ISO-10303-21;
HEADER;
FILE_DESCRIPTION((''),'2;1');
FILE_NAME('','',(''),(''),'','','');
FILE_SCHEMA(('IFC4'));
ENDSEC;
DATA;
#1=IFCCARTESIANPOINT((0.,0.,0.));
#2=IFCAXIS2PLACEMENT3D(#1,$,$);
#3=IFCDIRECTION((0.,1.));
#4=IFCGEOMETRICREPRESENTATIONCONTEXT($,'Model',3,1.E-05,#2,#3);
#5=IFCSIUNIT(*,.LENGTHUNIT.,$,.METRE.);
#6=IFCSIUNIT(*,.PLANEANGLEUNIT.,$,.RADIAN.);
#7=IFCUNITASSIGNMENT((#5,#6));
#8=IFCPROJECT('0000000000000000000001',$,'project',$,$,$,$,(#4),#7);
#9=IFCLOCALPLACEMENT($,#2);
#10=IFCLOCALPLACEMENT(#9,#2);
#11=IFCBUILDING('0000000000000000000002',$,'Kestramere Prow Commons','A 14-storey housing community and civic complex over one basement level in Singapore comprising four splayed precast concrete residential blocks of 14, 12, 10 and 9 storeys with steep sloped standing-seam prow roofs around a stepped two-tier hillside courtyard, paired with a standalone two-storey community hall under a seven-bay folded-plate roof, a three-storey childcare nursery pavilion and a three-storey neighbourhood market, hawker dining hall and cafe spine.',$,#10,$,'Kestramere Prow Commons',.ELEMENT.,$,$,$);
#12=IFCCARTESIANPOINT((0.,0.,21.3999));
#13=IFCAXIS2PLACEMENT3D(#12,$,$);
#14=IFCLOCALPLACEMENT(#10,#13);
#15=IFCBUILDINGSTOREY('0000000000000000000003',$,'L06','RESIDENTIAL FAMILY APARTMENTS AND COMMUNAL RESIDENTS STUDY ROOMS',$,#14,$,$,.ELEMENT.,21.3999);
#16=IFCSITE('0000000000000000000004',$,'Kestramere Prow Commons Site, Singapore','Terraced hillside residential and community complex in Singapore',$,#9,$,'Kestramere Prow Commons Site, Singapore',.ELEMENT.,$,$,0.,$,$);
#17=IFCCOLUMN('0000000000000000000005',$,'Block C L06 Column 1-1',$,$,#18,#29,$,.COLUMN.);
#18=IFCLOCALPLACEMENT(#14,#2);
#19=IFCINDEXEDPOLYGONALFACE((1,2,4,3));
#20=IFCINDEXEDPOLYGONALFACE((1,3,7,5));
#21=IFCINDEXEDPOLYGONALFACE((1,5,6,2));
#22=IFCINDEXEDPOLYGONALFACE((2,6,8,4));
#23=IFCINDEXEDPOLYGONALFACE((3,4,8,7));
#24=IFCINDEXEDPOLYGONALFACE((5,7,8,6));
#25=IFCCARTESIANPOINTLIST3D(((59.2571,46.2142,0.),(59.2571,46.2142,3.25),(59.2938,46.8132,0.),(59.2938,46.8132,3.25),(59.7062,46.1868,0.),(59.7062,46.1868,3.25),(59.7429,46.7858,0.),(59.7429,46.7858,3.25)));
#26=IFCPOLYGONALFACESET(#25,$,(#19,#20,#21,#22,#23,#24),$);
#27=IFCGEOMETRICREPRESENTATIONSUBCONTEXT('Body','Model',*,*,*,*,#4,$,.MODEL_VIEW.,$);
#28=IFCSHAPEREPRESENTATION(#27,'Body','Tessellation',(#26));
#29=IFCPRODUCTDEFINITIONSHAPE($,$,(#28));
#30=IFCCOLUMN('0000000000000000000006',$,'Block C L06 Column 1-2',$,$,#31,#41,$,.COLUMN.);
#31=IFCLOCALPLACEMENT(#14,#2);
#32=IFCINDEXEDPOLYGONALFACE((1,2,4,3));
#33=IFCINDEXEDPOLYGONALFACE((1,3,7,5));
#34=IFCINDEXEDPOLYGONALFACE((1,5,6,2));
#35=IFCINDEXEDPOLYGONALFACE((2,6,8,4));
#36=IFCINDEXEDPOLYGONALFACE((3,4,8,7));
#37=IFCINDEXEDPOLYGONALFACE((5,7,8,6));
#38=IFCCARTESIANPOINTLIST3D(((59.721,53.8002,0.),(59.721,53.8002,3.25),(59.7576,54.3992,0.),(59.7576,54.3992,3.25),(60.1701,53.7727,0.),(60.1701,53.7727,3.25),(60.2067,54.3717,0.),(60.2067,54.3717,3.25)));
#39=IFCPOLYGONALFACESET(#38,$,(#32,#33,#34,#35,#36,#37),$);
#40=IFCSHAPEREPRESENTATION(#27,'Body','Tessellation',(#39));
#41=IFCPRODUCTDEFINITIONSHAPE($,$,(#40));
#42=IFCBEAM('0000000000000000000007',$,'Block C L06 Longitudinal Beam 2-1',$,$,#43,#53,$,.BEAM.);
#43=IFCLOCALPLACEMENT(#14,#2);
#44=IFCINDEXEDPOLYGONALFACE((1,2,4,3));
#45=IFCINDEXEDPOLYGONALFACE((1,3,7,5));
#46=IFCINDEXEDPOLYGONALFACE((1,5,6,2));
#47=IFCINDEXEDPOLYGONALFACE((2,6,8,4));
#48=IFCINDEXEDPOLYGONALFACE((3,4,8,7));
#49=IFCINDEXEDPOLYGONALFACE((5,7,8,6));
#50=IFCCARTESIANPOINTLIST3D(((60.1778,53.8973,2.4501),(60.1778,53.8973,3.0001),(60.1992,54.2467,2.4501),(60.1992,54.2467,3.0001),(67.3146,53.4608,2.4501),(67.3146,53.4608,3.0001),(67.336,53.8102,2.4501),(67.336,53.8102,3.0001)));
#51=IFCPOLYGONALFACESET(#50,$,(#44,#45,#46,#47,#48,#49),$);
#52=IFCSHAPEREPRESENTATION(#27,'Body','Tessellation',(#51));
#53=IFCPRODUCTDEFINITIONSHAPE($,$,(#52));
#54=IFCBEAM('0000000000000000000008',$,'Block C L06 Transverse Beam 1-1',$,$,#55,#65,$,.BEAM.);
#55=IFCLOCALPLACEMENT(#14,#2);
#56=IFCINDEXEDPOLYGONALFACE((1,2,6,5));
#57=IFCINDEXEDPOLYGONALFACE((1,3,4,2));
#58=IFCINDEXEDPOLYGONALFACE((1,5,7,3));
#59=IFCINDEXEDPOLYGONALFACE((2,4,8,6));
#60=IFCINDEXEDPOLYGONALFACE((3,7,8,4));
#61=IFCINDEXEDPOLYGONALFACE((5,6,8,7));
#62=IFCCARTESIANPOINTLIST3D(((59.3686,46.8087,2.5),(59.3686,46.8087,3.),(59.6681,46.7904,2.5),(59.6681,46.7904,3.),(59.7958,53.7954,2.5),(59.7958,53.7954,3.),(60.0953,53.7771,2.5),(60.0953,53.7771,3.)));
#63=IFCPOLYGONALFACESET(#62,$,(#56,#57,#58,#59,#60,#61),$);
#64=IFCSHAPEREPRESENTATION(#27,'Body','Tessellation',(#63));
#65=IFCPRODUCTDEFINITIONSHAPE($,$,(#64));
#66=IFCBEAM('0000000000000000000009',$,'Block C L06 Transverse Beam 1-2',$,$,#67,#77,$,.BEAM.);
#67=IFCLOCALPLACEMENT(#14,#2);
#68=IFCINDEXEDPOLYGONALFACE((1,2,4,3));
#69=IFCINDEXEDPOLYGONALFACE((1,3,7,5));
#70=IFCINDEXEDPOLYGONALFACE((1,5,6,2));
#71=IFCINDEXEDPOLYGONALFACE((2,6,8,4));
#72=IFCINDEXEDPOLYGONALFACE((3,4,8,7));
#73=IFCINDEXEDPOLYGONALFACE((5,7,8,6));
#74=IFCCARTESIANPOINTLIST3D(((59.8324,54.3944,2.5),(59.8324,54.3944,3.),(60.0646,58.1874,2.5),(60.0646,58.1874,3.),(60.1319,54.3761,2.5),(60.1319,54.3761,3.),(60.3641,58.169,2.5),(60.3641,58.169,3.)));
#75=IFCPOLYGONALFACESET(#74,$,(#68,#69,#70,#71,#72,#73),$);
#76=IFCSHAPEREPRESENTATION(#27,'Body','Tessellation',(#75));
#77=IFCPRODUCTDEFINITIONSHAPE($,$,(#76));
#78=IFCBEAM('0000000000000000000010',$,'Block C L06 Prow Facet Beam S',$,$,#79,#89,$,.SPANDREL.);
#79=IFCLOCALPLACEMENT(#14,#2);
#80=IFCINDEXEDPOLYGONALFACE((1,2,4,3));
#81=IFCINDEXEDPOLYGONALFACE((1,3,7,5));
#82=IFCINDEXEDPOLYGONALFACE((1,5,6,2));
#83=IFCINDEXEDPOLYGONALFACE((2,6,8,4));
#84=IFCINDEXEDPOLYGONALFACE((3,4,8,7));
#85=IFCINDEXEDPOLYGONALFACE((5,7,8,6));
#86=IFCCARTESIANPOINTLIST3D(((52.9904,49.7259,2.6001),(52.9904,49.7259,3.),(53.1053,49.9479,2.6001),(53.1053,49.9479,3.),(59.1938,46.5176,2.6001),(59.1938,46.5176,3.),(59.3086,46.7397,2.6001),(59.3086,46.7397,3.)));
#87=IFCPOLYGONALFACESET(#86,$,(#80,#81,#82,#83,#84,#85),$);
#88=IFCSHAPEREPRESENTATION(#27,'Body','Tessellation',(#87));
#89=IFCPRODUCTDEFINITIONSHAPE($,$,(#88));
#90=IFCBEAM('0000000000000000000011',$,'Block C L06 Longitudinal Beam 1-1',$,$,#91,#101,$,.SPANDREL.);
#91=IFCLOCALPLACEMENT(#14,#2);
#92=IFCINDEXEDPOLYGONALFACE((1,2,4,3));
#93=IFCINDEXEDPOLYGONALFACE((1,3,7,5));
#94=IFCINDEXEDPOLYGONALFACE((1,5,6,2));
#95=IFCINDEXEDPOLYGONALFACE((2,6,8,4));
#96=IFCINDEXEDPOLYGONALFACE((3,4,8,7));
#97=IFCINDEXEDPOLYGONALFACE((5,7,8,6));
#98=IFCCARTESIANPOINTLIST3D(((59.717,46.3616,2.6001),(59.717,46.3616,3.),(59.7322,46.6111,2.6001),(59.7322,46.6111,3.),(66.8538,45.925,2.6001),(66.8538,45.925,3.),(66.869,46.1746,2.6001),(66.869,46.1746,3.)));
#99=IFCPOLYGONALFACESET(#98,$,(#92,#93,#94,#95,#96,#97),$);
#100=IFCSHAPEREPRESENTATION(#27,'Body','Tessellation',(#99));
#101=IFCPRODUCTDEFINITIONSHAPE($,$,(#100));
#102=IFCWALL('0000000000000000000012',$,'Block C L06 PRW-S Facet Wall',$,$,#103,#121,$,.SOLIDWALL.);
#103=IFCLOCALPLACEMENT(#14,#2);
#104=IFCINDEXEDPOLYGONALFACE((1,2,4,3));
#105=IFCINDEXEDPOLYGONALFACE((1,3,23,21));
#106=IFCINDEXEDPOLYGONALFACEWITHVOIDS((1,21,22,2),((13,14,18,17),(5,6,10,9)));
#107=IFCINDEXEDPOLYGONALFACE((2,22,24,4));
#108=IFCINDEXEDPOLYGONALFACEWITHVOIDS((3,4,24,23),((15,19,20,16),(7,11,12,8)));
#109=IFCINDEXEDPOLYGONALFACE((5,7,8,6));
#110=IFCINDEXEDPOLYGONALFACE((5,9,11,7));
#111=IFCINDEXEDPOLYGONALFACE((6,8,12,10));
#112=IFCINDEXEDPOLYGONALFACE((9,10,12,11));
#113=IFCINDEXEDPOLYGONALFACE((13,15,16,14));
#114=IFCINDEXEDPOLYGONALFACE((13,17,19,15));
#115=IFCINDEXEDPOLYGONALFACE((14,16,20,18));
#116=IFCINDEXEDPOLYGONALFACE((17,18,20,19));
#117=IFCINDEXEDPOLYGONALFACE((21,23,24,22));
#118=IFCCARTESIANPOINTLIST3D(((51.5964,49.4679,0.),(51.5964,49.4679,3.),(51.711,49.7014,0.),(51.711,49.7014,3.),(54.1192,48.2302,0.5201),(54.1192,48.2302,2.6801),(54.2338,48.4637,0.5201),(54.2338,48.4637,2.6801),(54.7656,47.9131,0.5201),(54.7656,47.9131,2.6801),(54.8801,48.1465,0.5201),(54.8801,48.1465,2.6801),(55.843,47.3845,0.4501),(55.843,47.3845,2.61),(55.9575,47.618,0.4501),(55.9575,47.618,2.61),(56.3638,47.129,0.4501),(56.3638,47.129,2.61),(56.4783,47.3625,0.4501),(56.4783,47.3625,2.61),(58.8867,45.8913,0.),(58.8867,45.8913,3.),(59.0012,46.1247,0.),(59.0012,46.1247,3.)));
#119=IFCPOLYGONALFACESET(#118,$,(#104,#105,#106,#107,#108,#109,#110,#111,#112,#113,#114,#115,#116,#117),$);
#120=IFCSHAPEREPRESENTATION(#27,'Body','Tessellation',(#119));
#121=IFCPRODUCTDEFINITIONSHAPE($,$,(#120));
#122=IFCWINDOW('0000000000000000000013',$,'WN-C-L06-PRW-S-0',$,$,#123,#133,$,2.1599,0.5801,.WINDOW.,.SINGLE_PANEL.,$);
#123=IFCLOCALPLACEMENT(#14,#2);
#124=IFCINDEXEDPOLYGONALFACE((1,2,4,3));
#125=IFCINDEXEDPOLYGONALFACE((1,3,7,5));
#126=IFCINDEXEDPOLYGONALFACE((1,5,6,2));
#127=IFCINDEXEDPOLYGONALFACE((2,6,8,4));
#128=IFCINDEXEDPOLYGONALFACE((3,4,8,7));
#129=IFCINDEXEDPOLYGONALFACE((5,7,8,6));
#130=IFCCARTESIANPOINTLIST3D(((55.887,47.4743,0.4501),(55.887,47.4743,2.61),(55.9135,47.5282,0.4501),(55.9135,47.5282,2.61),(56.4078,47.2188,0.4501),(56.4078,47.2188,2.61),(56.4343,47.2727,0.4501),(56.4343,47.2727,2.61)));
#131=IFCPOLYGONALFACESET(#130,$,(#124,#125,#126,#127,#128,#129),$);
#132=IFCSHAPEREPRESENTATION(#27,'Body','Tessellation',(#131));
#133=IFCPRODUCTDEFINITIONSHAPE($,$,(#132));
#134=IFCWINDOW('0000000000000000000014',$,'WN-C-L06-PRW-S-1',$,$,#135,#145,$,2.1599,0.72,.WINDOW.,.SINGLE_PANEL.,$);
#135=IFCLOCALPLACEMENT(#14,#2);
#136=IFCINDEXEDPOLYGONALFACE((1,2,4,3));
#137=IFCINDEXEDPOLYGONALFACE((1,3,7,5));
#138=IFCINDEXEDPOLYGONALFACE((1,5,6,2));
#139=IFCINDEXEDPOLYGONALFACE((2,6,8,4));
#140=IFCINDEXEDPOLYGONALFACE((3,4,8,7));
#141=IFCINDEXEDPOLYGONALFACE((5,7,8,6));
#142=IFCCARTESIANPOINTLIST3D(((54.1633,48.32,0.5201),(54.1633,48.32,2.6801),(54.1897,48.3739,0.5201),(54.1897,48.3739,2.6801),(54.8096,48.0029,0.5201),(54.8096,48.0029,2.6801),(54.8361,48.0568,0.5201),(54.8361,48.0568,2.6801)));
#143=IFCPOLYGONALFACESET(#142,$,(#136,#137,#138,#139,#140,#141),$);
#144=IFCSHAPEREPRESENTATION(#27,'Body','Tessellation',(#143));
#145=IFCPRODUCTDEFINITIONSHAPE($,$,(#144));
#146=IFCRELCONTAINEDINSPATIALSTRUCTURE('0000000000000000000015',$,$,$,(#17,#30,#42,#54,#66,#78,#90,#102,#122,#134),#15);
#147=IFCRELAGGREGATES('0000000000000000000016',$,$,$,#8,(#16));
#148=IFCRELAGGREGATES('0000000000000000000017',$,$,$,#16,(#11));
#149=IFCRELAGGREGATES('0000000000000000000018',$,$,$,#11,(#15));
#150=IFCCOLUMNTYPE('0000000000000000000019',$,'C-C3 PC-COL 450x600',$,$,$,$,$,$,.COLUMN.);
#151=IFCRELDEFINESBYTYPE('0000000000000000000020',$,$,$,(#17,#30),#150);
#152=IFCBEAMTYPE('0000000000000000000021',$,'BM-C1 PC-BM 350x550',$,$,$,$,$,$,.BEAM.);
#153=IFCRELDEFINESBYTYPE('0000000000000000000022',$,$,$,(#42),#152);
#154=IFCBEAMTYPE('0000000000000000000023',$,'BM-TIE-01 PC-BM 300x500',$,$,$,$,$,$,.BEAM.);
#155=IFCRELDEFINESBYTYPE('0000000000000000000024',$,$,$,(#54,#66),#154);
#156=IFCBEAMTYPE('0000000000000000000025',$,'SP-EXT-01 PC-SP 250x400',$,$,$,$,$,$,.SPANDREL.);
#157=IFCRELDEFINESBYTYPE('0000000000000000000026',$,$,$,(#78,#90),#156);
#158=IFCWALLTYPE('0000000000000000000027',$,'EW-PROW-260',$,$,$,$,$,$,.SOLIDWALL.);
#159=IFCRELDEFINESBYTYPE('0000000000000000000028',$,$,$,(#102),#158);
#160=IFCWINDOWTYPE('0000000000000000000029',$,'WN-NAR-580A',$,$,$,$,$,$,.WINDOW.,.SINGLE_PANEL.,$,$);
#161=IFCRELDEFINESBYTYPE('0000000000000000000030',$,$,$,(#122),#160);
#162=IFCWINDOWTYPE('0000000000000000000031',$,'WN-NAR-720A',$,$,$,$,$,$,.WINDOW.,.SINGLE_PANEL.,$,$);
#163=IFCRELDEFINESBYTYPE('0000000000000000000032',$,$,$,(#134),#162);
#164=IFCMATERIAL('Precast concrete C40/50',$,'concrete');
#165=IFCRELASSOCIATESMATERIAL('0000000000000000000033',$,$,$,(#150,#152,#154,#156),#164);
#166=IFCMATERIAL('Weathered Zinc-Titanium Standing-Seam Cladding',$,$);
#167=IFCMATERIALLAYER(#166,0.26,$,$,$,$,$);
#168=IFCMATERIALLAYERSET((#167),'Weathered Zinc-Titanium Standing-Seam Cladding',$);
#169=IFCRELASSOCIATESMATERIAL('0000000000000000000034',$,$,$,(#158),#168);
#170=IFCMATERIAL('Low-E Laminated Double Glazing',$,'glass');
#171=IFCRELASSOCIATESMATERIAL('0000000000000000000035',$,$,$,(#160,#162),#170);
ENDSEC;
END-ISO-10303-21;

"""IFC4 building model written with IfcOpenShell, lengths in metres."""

from ifc_helpers import new_model, si_unit, direction, frame, frame_2d, origin, origin_2d, place, context, subcontext, project, spatial, rectangle, extrude, material, layer, layer_set, material_profile, profile_set, type_object, element, fill, save


model = new_model("IFC4")

# Units and contexts
model_context = context("Model", 3, precision=1e-05, world=origin(), true_north=direction((0.0, 1.0)))
body_context = subcontext(model_context, "Body", "Model", "MODEL_VIEW")
ifc_project = project(units=[si_unit("LENGTHUNIT", "METRE"), si_unit("PLANEANGLEUNIT", "RADIAN")], contexts=[model_context])

# Site, building, storey
site_placement = place(None, origin())
site = spatial("IfcSite", under=ifc_project, at=site_placement, Name="Kestramere Prow Commons Site, Singapore", Description="Terraced hillside residential and community complex in Singapore", LongName="Kestramere Prow Commons Site, Singapore", CompositionType="ELEMENT", RefElevation=0.0)
building_placement = place(site_placement, origin())
building = spatial("IfcBuilding", under=site, at=building_placement, Name="Kestramere Prow Commons", Description="A 14-storey housing community and civic complex over one basement level in Singapore comprising four splayed precast concrete residential blocks of 14, 12, 10 and 9 storeys with steep sloped standing-seam prow roofs around a stepped two-tier hillside courtyard, paired with a standalone two-storey community hall under a seven-bay folded-plate roof, a three-storey childcare nursery pavilion and a three-storey neighbourhood market, hawker dining hall and cafe spine.", LongName="Kestramere Prow Commons", CompositionType="ELEMENT")
storey_placement = place(building_placement, frame((0.0, 0.0, 21.3999)))
storey = spatial("IfcBuildingStorey", under=building, at=storey_placement, Name="L06", Description="RESIDENTIAL FAMILY APARTMENTS AND COMMUNAL RESIDENTS STUDY ROOMS", CompositionType="ELEMENT", Elevation=21.3999)

# Columns
ifc_material_1 = material(Name="Precast concrete C40/50", Category="concrete")
ifc_material_profile_1 = material_profile(ifc_material_1, rectangle(XDim=0.45, YDim=0.6001, at=origin_2d()), Name="PC-COL 450x600")
ifc_profile_set_1 = profile_set([ifc_material_profile_1], Name="Precast concrete C40/50")
column_type = type_object("IfcColumnType", Name="C-C3 PC-COL 450x600", PredefinedType="COLUMN", material=ifc_profile_set_1)
for number, where, z_axis, x_axis, name in (
    (1, (59.5, 46.5, 0.0), (0.0, 0.0, 1.0), (0.998135, -0.061049, 0.0), "Block C L06 Column 1-1"),
    (2, (59.9639, 54.0859, 0.0), (0.0, 0.0, 1.0), (0.998135, -0.061049, 0.0), "Block C L06 Column 1-2"),
):
    element("IfcColumn", number, at=place(storey_placement, frame(where, z_axis=z_axis, x_axis=x_axis)), inside=storey, type_object=column_type, Name=name, PredefinedType="COLUMN", context=body_context, shape_type="SweptSolid", body=[
        extrude(rectangle(XDim=0.45, YDim=0.6001, at=origin_2d()), origin(), (0.0, 0.0, 1.0), 3.25),
    ])

# Beams
ifc_material_profile_2 = material_profile(ifc_material_1, rectangle(XDim=0.3501, YDim=0.55, at=origin_2d()), Name="PC-BM 350x550")
ifc_profile_set_2 = profile_set([ifc_material_profile_2], Name="Precast concrete C40/50")
beam_type_1 = type_object("IfcBeamType", Name="BM-C1 PC-BM 350x550", PredefinedType="BEAM", material=ifc_profile_set_2)
beam_1_placement = place(storey_placement, frame((60.1885, 54.072, 2.7251), z_axis=(0.998135, -0.061052, 0.0), x_axis=(0.061052, 0.998135, 0.0)))
element("IfcBeam", 3, at=beam_1_placement, inside=storey, type_object=beam_type_1, Name="Block C L06 Longitudinal Beam 2-1", PredefinedType="BEAM", context=body_context, shape_type="SweptSolid", body=[
    extrude(rectangle(XDim=0.3501, YDim=0.55, at=origin_2d()), origin(), (0.0, 0.0, 1.0), 7.1501),
])
ifc_material_profile_3 = material_profile(ifc_material_1, rectangle(XDim=0.3, YDim=0.5, at=origin_2d()), Name="PC-BM 300x500")
ifc_profile_set_3 = profile_set([ifc_material_profile_3], Name="Precast concrete C40/50")
beam_type_2 = type_object("IfcBeamType", Name="BM-TIE-01 PC-BM 300x500", PredefinedType="BEAM", material=ifc_profile_set_3)
beam_2_placement = place(storey_placement, frame((59.5183, 46.7996, 2.75), z_axis=(0.061036, 0.998136, 0.0), x_axis=(-0.998136, 0.061036, 0.0)))
element("IfcBeam", 4, at=beam_2_placement, inside=storey, type_object=beam_type_2, Name="Block C L06 Transverse Beam 1-1", PredefinedType="BEAM", context=body_context, shape_type="SweptSolid", body=[
    extrude(rectangle(XDim=0.3, YDim=0.5, at=origin_2d()), origin(), (0.0, 0.0, 1.0), 6.9998),
])
beam_3_placement = place(storey_placement, frame((59.9822, 54.3853, 2.75), z_axis=(0.061098, 0.998132, 0.0), x_axis=(-0.998132, 0.061098, 0.0)))
element("IfcBeam", 5, at=beam_3_placement, inside=storey, type_object=beam_type_2, Name="Block C L06 Transverse Beam 1-2", PredefinedType="BEAM", context=body_context, shape_type="SweptSolid", body=[
    extrude(rectangle(XDim=0.3, YDim=0.5, at=origin_2d()), origin(), (0.0, 0.0, 1.0), 3.8),
])
ifc_material_profile_4 = material_profile(ifc_material_1, rectangle(XDim=0.25, YDim=0.3999, at=origin_2d()), Name="PC-SP 250x400")
ifc_profile_set_4 = profile_set([ifc_material_profile_4], Name="Precast concrete C40/50")
beam_type_3 = type_object("IfcBeamType", Name="SP-EXT-01 PC-SP 250x400", PredefinedType="SPANDREL", material=ifc_profile_set_4)
beam_4_placement = place(storey_placement, frame((59.2512, 46.6287, 2.8), z_axis=(-0.88824, 0.459379, 0.0), x_axis=(-0.459379, -0.88824, 0.0)))
element("IfcBeam", 6, at=beam_4_placement, inside=storey, type_object=beam_type_3, Name="Block C L06 Prow Facet Beam S", PredefinedType="SPANDREL", context=body_context, shape_type="SweptSolid", body=[
    extrude(rectangle(XDim=0.25, YDim=0.3999, at=origin_2d()), origin(), (0.0, 0.0, 1.0), 6.9839),
])
beam_5_placement = place(storey_placement, frame((59.7246, 46.4863, 2.8), z_axis=(0.998135, -0.061052, 0.0), x_axis=(0.061052, 0.998135, 0.0)))
element("IfcBeam", 7, at=beam_5_placement, inside=storey, type_object=beam_type_3, Name="Block C L06 Longitudinal Beam 1-1", PredefinedType="SPANDREL", context=body_context, shape_type="SweptSolid", body=[
    extrude(rectangle(XDim=0.25, YDim=0.3999, at=origin_2d()), origin(), (0.0, 0.0, 1.0), 7.1501),
])

# Wall, openings, windows
ifc_material_2 = material(Name="Weathered Zinc-Titanium Standing-Seam Cladding")
ifc_layer_1 = layer(ifc_material_2, 0.26)
ifc_layer_set_1 = layer_set([ifc_layer_1], Name="Weathered Zinc-Titanium Standing-Seam Cladding")
wall_type_1 = type_object("IfcWallType", Name="EW-PROW-260", PredefinedType="SOLIDWALL", material=ifc_layer_set_1)
wall_1_placement = place(storey_placement, frame((58.9438, 46.0081, 0.0), z_axis=(0.0, 0.0, 1.0), x_axis=(-0.897775, 0.440454, 0.0)))
wall_1 = element("IfcWall", 8, at=wall_1_placement, inside=storey, type_object=wall_type_1, Name="Block C L06 PRW-S Facet Wall", PredefinedType="SOLIDWALL", context=body_context, shape_type="SweptSolid", body=[
    extrude(rectangle(XDim=8.1204, YDim=0.26, at=frame_2d((4.0601, 0.0))), origin(), (0.0, 0.0, 1.0), 3.0),
])
opening_1_placement = place(wall_1_placement, frame((2.8101, 0.0, 0.45)))
opening_1 = element("IfcOpeningElement", 9, at=opening_1_placement, cuts=wall_1, PredefinedType="OPENING", context=body_context, shape_type="SweptSolid", body=[
    extrude(rectangle(XDim=0.5801, YDim=2.1599, at=frame_2d((0.29, 1.0801))), frame((0.0, 0.145, 0.0), z_axis=(0.0, -1.0, 0.0), x_axis=(1.0, 0.0, 0.0)), (0.0, 0.0, 1.0), 0.29),
])
opening_2_placement = place(wall_1_placement, frame((4.5903, 0.0, 0.52)))
opening_2 = element("IfcOpeningElement", 10, at=opening_2_placement, cuts=wall_1, PredefinedType="OPENING", context=body_context, shape_type="SweptSolid", body=[
    extrude(rectangle(XDim=0.72, YDim=2.1599, at=frame_2d((0.3599, 1.0801))), frame((0.0, 0.145, 0.0), z_axis=(0.0, -1.0, 0.0), x_axis=(1.0, 0.0, 0.0)), (0.0, 0.0, 1.0), 0.29),
])
ifc_material_3 = material(Name="Low-E Laminated Double Glazing", Category="glass")
window_type_1 = type_object("IfcWindowType", Name="WN-NAR-580A", PartitioningType="SINGLE_PANEL", PredefinedType="WINDOW", material=ifc_material_3)
window_1_placement = place(opening_1_placement, origin())
window_1 = element("IfcWindow", 11, at=window_1_placement, inside=storey, type_object=window_type_1, Name="WN-C-L06-PRW-S-0", OverallHeight=2.1599, OverallWidth=0.5801, PartitioningType="SINGLE_PANEL", PredefinedType="WINDOW", context=body_context, shape_type="SweptSolid", body=[
    extrude(rectangle(XDim=0.5801, YDim=2.1599, at=frame_2d((0.29, 1.0801))), frame((0.0, 0.03, 0.0), z_axis=(0.0, -1.0, 0.0), x_axis=(1.0, 0.0, 0.0)), (0.0, 0.0, 1.0), 0.0601),
])
fill(opening_1, window_1)
window_type_2 = type_object("IfcWindowType", Name="WN-NAR-720A", PartitioningType="SINGLE_PANEL", PredefinedType="WINDOW", material=ifc_material_3)
window_2_placement = place(opening_2_placement, origin())
window_2 = element("IfcWindow", 12, at=window_2_placement, inside=storey, type_object=window_type_2, Name="WN-C-L06-PRW-S-1", OverallHeight=2.1599, OverallWidth=0.72, PartitioningType="SINGLE_PANEL", PredefinedType="WINDOW", context=body_context, shape_type="SweptSolid", body=[
    extrude(rectangle(XDim=0.72, YDim=2.1599, at=frame_2d((0.3599, 1.0801))), frame((0.0, 0.03, 0.0), z_axis=(0.0, -1.0, 0.0), x_axis=(1.0, 0.0, 0.0)), (0.0, 0.0, 1.0), 0.0601),
])
fill(opening_2, window_2)

save(model, "model.ifc")
